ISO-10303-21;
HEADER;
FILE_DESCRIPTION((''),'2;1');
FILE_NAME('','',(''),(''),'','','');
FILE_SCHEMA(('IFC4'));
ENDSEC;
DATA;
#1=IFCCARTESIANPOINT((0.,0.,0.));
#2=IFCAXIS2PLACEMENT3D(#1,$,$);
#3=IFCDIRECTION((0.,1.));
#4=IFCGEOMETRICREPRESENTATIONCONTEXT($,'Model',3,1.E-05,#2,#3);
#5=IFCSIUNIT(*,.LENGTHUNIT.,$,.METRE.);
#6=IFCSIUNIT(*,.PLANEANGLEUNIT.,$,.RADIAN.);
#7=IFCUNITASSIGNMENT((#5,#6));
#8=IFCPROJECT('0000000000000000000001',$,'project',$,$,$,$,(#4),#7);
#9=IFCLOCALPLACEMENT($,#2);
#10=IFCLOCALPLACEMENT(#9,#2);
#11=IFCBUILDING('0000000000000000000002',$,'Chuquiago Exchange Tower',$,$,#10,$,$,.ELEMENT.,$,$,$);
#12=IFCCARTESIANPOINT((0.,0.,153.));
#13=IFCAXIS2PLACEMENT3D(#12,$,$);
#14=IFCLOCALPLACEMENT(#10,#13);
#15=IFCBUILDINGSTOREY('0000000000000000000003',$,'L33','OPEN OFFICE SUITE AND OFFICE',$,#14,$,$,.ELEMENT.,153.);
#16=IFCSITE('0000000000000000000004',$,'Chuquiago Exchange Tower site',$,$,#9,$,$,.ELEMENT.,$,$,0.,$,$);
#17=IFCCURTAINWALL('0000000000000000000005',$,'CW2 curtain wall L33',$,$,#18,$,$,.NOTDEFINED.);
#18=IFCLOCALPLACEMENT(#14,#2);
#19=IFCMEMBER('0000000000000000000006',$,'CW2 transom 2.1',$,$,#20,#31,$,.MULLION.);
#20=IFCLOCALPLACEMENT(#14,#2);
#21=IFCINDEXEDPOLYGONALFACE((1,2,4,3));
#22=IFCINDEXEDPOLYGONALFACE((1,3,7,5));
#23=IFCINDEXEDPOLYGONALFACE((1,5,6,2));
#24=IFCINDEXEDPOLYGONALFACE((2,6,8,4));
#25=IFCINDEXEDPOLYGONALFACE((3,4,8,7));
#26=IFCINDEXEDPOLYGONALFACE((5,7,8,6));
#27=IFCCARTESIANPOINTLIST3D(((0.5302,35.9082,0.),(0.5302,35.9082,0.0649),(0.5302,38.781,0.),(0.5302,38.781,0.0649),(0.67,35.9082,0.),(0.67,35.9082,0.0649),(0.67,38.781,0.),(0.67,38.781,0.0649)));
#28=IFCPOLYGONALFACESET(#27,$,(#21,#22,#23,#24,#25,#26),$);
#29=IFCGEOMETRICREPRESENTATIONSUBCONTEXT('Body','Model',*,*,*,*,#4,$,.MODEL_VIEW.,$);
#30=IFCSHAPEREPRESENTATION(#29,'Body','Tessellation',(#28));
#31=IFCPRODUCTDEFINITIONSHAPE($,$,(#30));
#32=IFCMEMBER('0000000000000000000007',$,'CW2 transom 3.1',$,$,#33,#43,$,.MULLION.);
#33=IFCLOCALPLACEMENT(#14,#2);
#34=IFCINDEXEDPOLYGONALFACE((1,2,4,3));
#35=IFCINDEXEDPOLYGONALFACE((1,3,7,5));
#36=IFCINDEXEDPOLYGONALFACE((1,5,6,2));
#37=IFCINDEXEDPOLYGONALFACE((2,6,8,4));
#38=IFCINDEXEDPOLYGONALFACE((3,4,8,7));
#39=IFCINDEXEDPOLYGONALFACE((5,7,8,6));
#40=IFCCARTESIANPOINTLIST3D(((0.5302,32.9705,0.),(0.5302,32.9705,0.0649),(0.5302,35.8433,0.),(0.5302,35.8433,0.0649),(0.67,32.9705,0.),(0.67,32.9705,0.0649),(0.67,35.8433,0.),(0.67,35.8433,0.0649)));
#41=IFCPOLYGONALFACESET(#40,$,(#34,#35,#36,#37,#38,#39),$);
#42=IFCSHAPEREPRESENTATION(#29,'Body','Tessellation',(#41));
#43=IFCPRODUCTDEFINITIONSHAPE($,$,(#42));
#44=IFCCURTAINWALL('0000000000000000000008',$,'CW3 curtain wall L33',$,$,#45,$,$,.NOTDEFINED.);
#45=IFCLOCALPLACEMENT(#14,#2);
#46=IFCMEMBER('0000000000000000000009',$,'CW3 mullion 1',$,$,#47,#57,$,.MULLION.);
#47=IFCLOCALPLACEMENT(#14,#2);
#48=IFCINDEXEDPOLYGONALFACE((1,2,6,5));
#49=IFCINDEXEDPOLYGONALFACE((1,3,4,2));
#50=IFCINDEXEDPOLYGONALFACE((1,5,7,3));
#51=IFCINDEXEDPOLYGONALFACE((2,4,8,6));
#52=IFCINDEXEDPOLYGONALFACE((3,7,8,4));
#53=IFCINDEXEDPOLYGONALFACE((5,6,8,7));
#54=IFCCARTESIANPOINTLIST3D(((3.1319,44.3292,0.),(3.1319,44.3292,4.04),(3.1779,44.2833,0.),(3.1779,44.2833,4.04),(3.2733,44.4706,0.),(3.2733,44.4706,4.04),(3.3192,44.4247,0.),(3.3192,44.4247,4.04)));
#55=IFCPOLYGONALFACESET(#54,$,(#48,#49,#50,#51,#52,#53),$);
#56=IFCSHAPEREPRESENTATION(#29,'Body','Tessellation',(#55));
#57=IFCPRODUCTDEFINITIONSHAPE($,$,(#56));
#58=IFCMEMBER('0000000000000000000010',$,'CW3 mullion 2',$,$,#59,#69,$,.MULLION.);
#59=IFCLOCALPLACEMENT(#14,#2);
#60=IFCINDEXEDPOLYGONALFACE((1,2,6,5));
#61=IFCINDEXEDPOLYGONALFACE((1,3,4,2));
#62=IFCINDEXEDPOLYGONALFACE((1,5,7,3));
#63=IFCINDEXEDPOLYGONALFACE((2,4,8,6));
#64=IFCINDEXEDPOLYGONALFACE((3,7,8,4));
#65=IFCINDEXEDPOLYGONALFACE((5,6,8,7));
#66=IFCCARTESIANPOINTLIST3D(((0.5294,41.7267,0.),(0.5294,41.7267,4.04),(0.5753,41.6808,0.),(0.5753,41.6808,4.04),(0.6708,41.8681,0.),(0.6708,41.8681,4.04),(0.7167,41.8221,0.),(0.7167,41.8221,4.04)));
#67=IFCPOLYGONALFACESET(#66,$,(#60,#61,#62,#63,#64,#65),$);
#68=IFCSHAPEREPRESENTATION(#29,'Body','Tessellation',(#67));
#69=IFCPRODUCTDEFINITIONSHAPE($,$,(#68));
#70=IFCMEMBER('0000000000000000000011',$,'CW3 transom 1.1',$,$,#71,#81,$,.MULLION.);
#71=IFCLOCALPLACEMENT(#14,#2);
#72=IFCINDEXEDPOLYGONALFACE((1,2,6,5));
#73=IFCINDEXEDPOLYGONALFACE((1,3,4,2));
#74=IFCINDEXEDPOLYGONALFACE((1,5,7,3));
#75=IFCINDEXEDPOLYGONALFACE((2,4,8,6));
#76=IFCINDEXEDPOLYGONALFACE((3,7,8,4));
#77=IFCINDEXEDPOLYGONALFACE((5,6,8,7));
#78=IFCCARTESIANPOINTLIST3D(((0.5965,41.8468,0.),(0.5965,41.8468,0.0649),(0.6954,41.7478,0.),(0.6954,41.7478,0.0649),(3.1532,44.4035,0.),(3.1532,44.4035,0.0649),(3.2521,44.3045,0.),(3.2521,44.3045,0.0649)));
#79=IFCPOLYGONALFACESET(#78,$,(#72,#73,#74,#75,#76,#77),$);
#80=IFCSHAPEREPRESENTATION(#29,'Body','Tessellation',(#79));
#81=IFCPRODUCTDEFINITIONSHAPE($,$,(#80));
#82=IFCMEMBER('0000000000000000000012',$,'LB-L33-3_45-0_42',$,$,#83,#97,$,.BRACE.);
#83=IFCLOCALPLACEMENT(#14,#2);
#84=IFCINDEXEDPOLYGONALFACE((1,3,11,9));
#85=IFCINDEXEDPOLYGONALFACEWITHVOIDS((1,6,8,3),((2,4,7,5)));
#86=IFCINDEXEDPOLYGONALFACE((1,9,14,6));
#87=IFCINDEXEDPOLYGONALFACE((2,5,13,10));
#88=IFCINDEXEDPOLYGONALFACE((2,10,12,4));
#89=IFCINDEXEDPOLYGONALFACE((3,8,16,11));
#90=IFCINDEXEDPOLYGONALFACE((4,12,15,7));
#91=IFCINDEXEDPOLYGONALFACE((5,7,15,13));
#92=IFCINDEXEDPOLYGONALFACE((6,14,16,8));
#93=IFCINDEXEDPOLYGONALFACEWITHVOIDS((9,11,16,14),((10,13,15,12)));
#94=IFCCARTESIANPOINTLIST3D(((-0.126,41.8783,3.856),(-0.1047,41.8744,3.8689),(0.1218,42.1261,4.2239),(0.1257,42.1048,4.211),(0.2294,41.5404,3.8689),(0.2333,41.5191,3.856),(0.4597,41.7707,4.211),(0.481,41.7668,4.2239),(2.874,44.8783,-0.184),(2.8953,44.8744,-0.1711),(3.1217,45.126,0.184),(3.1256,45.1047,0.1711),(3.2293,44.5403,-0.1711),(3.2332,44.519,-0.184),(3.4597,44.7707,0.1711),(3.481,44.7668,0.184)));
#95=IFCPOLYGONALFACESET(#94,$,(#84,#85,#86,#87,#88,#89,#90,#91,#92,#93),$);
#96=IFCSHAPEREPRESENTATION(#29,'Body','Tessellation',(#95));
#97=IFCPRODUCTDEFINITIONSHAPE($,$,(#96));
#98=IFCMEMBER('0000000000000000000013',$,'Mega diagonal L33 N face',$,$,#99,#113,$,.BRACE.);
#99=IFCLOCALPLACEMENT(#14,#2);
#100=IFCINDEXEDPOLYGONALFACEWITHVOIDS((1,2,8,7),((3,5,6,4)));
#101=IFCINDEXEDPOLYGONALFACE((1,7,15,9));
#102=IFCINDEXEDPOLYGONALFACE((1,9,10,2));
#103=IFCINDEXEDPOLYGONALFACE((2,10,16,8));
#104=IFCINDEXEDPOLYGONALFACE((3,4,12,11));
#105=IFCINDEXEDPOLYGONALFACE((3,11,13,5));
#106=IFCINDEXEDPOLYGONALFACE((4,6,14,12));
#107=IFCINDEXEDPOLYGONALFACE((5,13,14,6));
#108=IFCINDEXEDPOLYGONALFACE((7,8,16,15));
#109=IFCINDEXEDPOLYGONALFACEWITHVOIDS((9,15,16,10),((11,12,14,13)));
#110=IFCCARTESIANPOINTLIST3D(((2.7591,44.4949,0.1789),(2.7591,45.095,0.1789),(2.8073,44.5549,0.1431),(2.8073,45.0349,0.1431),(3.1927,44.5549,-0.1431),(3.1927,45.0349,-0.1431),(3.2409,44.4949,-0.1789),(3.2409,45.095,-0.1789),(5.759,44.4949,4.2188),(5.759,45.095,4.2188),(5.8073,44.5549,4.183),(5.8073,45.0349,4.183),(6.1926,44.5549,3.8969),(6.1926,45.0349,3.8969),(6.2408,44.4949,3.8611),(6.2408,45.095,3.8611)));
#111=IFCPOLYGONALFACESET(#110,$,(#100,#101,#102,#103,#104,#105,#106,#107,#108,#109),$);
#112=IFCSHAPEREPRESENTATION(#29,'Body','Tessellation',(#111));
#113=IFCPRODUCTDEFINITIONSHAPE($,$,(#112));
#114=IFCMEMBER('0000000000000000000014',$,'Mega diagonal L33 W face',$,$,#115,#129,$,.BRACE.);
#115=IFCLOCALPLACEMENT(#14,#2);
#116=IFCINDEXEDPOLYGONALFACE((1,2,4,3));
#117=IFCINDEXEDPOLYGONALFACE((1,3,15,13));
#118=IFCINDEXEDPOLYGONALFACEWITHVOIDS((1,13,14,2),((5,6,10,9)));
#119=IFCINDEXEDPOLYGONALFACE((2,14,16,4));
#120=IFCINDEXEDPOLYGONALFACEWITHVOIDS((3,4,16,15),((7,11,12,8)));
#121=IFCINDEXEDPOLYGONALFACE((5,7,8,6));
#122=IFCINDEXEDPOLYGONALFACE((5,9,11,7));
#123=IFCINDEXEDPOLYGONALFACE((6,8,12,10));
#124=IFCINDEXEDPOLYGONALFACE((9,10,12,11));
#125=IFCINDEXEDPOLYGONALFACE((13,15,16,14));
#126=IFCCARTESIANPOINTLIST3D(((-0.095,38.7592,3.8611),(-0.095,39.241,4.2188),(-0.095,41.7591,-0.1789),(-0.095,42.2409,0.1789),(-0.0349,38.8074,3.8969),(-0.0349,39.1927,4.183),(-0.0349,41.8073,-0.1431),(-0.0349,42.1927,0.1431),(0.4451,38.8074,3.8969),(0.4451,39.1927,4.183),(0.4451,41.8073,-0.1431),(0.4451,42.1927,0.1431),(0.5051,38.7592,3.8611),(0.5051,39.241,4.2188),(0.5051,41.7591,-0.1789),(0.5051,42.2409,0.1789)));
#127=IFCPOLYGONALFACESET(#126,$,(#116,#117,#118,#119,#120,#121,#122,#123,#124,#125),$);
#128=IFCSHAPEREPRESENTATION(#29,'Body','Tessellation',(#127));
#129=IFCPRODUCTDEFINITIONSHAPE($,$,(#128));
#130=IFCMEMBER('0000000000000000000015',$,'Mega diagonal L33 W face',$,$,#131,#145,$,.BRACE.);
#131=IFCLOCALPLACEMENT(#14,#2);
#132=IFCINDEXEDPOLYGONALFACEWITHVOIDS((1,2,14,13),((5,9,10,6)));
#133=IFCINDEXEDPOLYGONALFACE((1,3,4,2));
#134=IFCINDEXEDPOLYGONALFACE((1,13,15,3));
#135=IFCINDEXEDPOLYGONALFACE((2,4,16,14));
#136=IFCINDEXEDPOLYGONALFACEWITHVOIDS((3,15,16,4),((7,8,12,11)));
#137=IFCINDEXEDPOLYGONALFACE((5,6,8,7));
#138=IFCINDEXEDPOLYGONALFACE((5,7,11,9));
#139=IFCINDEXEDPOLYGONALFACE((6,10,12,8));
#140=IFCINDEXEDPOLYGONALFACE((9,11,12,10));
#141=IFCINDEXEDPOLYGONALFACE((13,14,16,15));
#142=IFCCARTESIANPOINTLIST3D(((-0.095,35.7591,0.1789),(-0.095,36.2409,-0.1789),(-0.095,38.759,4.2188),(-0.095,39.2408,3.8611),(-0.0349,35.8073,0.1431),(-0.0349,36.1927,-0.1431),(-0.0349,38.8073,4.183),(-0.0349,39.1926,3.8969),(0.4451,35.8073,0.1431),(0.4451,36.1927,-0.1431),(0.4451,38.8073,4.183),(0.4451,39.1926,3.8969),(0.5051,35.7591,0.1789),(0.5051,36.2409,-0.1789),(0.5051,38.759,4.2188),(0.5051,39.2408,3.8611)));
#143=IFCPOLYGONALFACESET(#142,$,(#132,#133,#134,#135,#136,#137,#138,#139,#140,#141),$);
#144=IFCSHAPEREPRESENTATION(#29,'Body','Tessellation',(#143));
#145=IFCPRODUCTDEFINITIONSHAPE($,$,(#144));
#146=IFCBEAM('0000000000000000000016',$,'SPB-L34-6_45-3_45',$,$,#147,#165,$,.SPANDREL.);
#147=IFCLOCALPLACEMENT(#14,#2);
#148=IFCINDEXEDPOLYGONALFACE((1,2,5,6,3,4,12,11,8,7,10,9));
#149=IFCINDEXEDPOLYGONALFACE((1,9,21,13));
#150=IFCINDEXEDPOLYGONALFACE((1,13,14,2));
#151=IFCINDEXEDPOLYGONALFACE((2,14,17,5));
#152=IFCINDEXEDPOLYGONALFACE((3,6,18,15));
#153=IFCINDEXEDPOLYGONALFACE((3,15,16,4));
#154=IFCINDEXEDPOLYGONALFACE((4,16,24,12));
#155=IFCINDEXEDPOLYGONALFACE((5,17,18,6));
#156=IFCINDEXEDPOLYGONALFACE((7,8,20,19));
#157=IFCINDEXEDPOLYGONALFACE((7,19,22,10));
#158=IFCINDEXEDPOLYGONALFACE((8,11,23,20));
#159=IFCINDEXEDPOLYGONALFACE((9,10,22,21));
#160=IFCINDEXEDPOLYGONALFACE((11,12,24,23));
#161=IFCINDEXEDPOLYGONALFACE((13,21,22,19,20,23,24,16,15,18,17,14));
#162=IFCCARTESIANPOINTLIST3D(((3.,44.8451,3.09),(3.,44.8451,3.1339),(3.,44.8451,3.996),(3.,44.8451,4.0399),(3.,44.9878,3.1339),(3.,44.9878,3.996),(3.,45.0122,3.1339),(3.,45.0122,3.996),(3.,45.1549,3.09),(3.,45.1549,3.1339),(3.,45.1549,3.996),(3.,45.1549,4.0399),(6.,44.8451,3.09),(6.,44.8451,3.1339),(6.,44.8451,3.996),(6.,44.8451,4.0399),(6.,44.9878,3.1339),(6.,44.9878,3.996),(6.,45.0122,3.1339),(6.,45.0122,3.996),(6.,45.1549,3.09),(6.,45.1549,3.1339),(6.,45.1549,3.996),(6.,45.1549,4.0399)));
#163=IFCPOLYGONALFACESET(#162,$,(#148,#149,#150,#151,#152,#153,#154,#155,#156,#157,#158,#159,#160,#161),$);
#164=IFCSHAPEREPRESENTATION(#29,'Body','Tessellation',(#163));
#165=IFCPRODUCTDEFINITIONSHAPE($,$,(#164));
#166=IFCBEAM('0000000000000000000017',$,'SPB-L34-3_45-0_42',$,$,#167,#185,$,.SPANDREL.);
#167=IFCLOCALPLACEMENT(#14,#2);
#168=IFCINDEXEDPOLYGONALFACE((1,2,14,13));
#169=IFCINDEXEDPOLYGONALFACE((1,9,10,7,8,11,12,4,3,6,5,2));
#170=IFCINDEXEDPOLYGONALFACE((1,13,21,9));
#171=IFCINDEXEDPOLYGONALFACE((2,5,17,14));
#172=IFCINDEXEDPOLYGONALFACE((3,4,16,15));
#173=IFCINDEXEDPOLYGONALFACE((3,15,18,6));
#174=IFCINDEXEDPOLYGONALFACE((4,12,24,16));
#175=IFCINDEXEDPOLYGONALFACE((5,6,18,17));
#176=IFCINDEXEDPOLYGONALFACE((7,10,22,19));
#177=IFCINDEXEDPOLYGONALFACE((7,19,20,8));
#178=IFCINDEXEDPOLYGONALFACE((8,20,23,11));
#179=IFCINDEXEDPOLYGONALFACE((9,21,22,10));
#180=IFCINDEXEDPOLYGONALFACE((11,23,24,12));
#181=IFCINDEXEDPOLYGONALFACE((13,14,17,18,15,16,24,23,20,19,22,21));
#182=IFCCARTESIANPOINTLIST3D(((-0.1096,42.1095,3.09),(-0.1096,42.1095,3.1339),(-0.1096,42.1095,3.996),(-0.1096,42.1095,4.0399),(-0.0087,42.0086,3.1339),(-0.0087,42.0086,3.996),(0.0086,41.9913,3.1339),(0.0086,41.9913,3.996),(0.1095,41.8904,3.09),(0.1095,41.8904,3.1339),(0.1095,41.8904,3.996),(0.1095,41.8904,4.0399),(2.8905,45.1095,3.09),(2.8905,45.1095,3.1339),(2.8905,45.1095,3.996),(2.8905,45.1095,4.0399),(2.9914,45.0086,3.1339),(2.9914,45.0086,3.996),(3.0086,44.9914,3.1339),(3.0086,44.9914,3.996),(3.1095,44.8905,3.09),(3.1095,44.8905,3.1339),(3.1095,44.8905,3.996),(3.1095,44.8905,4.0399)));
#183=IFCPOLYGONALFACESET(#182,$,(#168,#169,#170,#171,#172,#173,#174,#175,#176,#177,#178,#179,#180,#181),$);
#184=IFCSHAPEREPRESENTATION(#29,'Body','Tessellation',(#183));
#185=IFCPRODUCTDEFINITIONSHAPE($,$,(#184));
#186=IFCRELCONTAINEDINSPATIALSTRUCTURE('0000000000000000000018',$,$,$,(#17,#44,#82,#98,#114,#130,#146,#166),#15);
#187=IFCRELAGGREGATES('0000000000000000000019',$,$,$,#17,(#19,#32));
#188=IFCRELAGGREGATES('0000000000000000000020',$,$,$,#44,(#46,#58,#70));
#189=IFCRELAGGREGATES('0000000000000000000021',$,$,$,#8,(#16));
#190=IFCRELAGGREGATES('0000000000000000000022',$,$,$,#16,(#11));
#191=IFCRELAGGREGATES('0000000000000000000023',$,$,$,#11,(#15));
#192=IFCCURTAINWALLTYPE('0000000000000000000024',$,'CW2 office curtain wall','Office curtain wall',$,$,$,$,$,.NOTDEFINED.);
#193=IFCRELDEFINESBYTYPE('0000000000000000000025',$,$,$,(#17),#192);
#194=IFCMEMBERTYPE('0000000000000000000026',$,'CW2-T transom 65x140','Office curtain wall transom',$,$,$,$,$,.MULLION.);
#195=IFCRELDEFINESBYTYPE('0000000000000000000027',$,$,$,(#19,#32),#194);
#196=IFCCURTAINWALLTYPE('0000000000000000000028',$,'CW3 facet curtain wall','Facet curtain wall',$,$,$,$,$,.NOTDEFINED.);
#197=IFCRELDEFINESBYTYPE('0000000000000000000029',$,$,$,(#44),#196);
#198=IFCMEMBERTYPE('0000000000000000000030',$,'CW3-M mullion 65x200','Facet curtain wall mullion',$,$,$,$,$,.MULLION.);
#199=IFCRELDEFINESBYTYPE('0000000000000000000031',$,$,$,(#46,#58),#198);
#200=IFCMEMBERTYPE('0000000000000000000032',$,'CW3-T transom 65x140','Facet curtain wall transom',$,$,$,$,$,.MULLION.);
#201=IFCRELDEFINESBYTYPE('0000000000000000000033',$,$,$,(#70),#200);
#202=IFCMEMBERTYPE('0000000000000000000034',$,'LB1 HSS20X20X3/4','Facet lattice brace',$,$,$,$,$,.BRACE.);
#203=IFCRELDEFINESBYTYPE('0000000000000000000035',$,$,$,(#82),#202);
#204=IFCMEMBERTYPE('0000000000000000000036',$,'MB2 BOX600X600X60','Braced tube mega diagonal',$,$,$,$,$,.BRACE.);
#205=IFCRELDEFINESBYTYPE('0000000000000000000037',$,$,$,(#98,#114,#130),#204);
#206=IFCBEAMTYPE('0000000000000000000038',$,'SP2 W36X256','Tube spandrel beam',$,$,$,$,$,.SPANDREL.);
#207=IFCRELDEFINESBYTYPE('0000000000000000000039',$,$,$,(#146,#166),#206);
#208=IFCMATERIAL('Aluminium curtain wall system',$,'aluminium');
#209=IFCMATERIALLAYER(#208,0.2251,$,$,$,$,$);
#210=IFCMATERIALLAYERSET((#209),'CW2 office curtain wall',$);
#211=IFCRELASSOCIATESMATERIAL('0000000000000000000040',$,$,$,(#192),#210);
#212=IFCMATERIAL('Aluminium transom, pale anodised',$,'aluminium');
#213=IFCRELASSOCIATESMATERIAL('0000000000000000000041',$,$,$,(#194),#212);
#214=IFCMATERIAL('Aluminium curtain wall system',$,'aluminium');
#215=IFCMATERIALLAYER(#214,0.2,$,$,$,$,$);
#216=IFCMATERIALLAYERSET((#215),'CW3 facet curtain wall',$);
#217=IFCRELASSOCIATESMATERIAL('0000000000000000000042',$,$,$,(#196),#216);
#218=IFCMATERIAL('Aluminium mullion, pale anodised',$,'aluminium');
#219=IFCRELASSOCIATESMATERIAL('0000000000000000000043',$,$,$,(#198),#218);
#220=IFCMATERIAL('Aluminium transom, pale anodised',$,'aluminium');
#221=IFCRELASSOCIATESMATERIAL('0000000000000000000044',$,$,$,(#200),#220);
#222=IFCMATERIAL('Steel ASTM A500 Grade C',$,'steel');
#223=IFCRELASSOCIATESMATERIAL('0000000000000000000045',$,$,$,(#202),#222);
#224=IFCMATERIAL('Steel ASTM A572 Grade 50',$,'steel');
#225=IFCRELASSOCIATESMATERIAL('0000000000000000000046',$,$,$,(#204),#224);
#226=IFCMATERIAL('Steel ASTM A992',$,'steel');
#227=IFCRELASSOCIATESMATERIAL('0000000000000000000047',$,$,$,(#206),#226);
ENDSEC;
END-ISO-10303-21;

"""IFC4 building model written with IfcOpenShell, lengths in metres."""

from ifc_helpers import new_model, si_unit, direction, frame, origin, origin_2d, place, context, subcontext, project, spatial, rectangle, hollow_rectangle, i_section, extrude, material, layer, layer_set, material_profile, profile_set, type_object, element, aggregate, save


model = new_model("IFC4")

# Units and contexts
model_context = context("Model", 3, precision=1e-05, world=origin(), true_north=direction((0.0, 1.0)))
body_context = subcontext(model_context, "Body", "Model", "MODEL_VIEW")
ifc_project = project(units=[si_unit("LENGTHUNIT", "METRE"), si_unit("PLANEANGLEUNIT", "RADIAN")], contexts=[model_context])

# Site, building, storey
site_placement = place(None, origin())
site = spatial("IfcSite", under=ifc_project, at=site_placement, Name="Chuquiago Exchange Tower site", CompositionType="ELEMENT", RefElevation=0.0)
building_placement = place(site_placement, origin())
building = spatial("IfcBuilding", under=site, at=building_placement, Name="Chuquiago Exchange Tower", CompositionType="ELEMENT")
storey_placement = place(building_placement, frame((0.0, 0.0, 153.0)))
storey = spatial("IfcBuildingStorey", under=building, at=storey_placement, Name="L33", Description="OPEN OFFICE SUITE AND OFFICE", CompositionType="ELEMENT", Elevation=153.0)

# Curtain wall
ifc_material_1 = material(Name="Aluminium curtain wall system", Category="aluminium")
ifc_layer_1 = layer(ifc_material_1, 0.2251)
ifc_layer_set_1 = layer_set([ifc_layer_1], Name="CW2 office curtain wall")
curtain_wall_type_1 = type_object("IfcCurtainWallType", Name="CW2 office curtain wall", Description="Office curtain wall", PredefinedType="NOTDEFINED", material=ifc_layer_set_1)
curtain_wall_1_placement = place(storey_placement, origin())
curtain_wall_1 = element("IfcCurtainWall", 1, at=curtain_wall_1_placement, inside=storey, type_object=curtain_wall_type_1, Name="CW2 curtain wall L33", PredefinedType="NOTDEFINED")

# Members
ifc_material_2 = material(Name="Aluminium transom, pale anodised", Category="aluminium")
ifc_material_profile_1 = material_profile(ifc_material_2, rectangle(XDim=0.1399, YDim=0.0649, at=origin_2d()), Name="AL 140x65")
ifc_profile_set_1 = profile_set([ifc_material_profile_1], Name="Aluminium transom, pale anodised")
member_type_1 = type_object("IfcMemberType", Name="CW2-T transom 65x140", Description="Office curtain wall transom", PredefinedType="MULLION", material=ifc_profile_set_1)
member_1_placement = place(storey_placement, frame((0.6001, 38.781, 0.0325), z_axis=(0.0, -1.0, 0.0), x_axis=(1.0, 0.0, 0.0)))
member_1 = element("IfcMember", 2, at=member_1_placement, type_object=member_type_1, Name="CW2 transom 2.1", PredefinedType="MULLION", context=body_context, shape_type="SweptSolid", body=[
    extrude(rectangle(XDim=0.1399, YDim=0.0649, at=origin_2d()), origin(), (0.0, 0.0, 1.0), 2.8728),
])
member_2_placement = place(storey_placement, frame((0.6001, 35.8433, 0.0325), z_axis=(0.0, -1.0, 0.0), x_axis=(1.0, 0.0, 0.0)))
member_2 = element("IfcMember", 3, at=member_2_placement, type_object=member_type_1, Name="CW2 transom 3.1", PredefinedType="MULLION", context=body_context, shape_type="SweptSolid", body=[
    extrude(rectangle(XDim=0.1399, YDim=0.0649, at=origin_2d()), origin(), (0.0, 0.0, 1.0), 2.8728),
])

# Curtain wall, members
ifc_material_3 = material(Name="Aluminium curtain wall system", Category="aluminium")
ifc_layer_2 = layer(ifc_material_3, 0.2)
ifc_layer_set_2 = layer_set([ifc_layer_2], Name="CW3 facet curtain wall")
curtain_wall_type_2 = type_object("IfcCurtainWallType", Name="CW3 facet curtain wall", Description="Facet curtain wall", PredefinedType="NOTDEFINED", material=ifc_layer_set_2)
curtain_wall_2_placement = place(storey_placement, origin())
curtain_wall_2 = element("IfcCurtainWall", 4, at=curtain_wall_2_placement, inside=storey, type_object=curtain_wall_type_2, Name="CW3 curtain wall L33", PredefinedType="NOTDEFINED")
ifc_material_4 = material(Name="Aluminium mullion, pale anodised", Category="aluminium")
ifc_material_profile_2 = material_profile(ifc_material_4, rectangle(XDim=0.0649, YDim=0.2, at=origin_2d()), Name="AL 65x200")
ifc_profile_set_2 = profile_set([ifc_material_profile_2], Name="Aluminium mullion, pale anodised")
member_type_2 = type_object("IfcMemberType", Name="CW3-M mullion 65x200", Description="Facet curtain wall mullion", PredefinedType="MULLION", material=ifc_profile_set_2)
member_3_placement = place(storey_placement, frame((3.2256, 44.377, 0.0), z_axis=(0.0, 0.0, 1.0), x_axis=(0.707107, -0.707107, 0.0)))
member_3 = element("IfcMember", 5, at=member_3_placement, type_object=member_type_2, Name="CW3 mullion 1", PredefinedType="MULLION", context=body_context, shape_type="SweptSolid", body=[
    extrude(rectangle(XDim=0.0649, YDim=0.2, at=origin_2d()), origin(), (0.0, 0.0, 1.0), 4.04),
])
member_4_placement = place(storey_placement, frame((0.623, 41.7744, 0.0), z_axis=(0.0, 0.0, 1.0), x_axis=(0.707107, -0.707107, 0.0)))
member_4 = element("IfcMember", 6, at=member_4_placement, type_object=member_type_2, Name="CW3 mullion 2", PredefinedType="MULLION", context=body_context, shape_type="SweptSolid", body=[
    extrude(rectangle(XDim=0.0649, YDim=0.2, at=origin_2d()), origin(), (0.0, 0.0, 1.0), 4.04),
])
ifc_material_5 = material(Name="Aluminium transom, pale anodised", Category="aluminium")
ifc_material_profile_3 = material_profile(ifc_material_5, rectangle(XDim=0.1399, YDim=0.0649, at=origin_2d()), Name="AL 140x65")
ifc_profile_set_3 = profile_set([ifc_material_profile_3], Name="Aluminium transom, pale anodised")
member_type_3 = type_object("IfcMemberType", Name="CW3-T transom 65x140", Description="Facet curtain wall transom", PredefinedType="MULLION", material=ifc_profile_set_3)
member_5_placement = place(storey_placement, frame((3.2026, 44.354, 0.0325), z_axis=(-0.707107, -0.707107, 0.0), x_axis=(0.707107, -0.707107, 0.0)))
member_5 = element("IfcMember", 7, at=member_5_placement, type_object=member_type_3, Name="CW3 transom 1.1", PredefinedType="MULLION", context=body_context, shape_type="SweptSolid", body=[
    extrude(rectangle(XDim=0.1399, YDim=0.0649, at=origin_2d()), origin(), (0.0, 0.0, 1.0), 3.6157),
])

# Members
ifc_material_6 = material(Name="Steel ASTM A500 Grade C", Category="steel")
ifc_material_profile_4 = material_profile(ifc_material_6, hollow_rectangle(XDim=0.5081, YDim=0.5081, WallThickness=0.0178, at=origin_2d()), Name="HSS20X20X3/4")
ifc_profile_set_4 = profile_set([ifc_material_profile_4], Name="Steel ASTM A500 Grade C")
member_type_4 = type_object("IfcMemberType", Name="LB1 HSS20X20X3/4", Description="Facet lattice brace", PredefinedType="BRACE", material=ifc_profile_set_4)
member_6_placement = place(storey_placement, frame((3.1775, 44.8225, 0.0), z_axis=(-0.512077, -0.512077, 0.689604), x_axis=(0.707107, -0.707107, 0.0)))
element("IfcMember", 8, at=member_6_placement, inside=storey, type_object=member_type_4, Name="LB-L33-3_45-0_42", PredefinedType="BRACE", context=body_context, shape_type="SweptSolid", body=[
    extrude(hollow_rectangle(XDim=0.5081, YDim=0.5081, WallThickness=0.0178, at=origin_2d()), origin(), (0.0, 0.0, 1.0), 5.8584),
])
ifc_material_7 = material(Name="Steel ASTM A572 Grade 50", Category="steel")
ifc_material_profile_5 = material_profile(ifc_material_7, hollow_rectangle(XDim=0.6001, YDim=0.6001, WallThickness=0.0601, at=origin_2d()), Name="BOX600X600X60")
ifc_profile_set_5 = profile_set([ifc_material_profile_5], Name="Steel ASTM A572 Grade 50")
member_type_5 = type_object("IfcMemberType", Name="MB2 BOX600X600X60", Description="Braced tube mega diagonal", PredefinedType="BRACE", material=ifc_profile_set_5)
for number, where, z_axis, x_axis, name in (
    (9, (3.0, 44.7949, 0.0), (0.596174, 0.0, 0.802855), (0.0, 1.0, 0.0), "Mega diagonal L33 N face"),
    (10, (0.2051, 42.0, 0.0), (0.0, -0.596174, 0.802855), (1.0, 0.0, 0.0), "Mega diagonal L33 W face"),
    (11, (0.2051, 36.0, 0.0), (0.0, 0.596174, 0.802855), (-1.0, 0.0, 0.0), "Mega diagonal L33 W face"),
):
    element("IfcMember", number, at=place(storey_placement, frame(where, z_axis=z_axis, x_axis=x_axis)), inside=storey, type_object=member_type_5, Name=name, PredefinedType="BRACE", context=body_context, shape_type="SweptSolid", body=[
        extrude(hollow_rectangle(XDim=0.6001, YDim=0.6001, WallThickness=0.0601, at=origin_2d()), origin(), (0.0, 0.0, 1.0), 5.032),
    ])

# Beams
ifc_material_8 = material(Name="Steel ASTM A992", Category="steel")
ifc_material_profile_6 = material_profile(ifc_material_8, i_section(OverallWidth=0.3098, OverallDepth=0.95, WebThickness=0.0244, FlangeThickness=0.0439, at=origin_2d()), Name="W36X256")
ifc_profile_set_6 = profile_set([ifc_material_profile_6], Name="Steel ASTM A992")
beam_type = type_object("IfcBeamType", Name="SP2 W36X256", Description="Tube spandrel beam", PredefinedType="SPANDREL", material=ifc_profile_set_6)
beam_1_placement = place(storey_placement, frame((6.0, 45.0, 3.5649), z_axis=(-1.0, 0.0, 0.0), x_axis=(0.0, -1.0, 0.0)))
element("IfcBeam", 12, at=beam_1_placement, inside=storey, type_object=beam_type, Name="SPB-L34-6_45-3_45", PredefinedType="SPANDREL", context=body_context, shape_type="SweptSolid", body=[
    extrude(i_section(OverallWidth=0.3098, OverallDepth=0.95, WebThickness=0.0244, FlangeThickness=0.0439, at=origin_2d()), origin(), (0.0, 0.0, 1.0), 3.0),
])
beam_2_placement = place(storey_placement, frame((3.0, 45.0, 3.5649), z_axis=(-0.707107, -0.707107, 0.0), x_axis=(0.707107, -0.707107, 0.0)))
element("IfcBeam", 13, at=beam_2_placement, inside=storey, type_object=beam_type, Name="SPB-L34-3_45-0_42", PredefinedType="SPANDREL", context=body_context, shape_type="SweptSolid", body=[
    extrude(i_section(OverallWidth=0.3098, OverallDepth=0.95, WebThickness=0.0244, FlangeThickness=0.0439, at=origin_2d()), origin(), (0.0, 0.0, 1.0), 4.2427),
])

aggregate(curtain_wall_1, [member_1, member_2])
aggregate(curtain_wall_2, [member_3, member_4, member_5])

save(model, "model.ifc")
